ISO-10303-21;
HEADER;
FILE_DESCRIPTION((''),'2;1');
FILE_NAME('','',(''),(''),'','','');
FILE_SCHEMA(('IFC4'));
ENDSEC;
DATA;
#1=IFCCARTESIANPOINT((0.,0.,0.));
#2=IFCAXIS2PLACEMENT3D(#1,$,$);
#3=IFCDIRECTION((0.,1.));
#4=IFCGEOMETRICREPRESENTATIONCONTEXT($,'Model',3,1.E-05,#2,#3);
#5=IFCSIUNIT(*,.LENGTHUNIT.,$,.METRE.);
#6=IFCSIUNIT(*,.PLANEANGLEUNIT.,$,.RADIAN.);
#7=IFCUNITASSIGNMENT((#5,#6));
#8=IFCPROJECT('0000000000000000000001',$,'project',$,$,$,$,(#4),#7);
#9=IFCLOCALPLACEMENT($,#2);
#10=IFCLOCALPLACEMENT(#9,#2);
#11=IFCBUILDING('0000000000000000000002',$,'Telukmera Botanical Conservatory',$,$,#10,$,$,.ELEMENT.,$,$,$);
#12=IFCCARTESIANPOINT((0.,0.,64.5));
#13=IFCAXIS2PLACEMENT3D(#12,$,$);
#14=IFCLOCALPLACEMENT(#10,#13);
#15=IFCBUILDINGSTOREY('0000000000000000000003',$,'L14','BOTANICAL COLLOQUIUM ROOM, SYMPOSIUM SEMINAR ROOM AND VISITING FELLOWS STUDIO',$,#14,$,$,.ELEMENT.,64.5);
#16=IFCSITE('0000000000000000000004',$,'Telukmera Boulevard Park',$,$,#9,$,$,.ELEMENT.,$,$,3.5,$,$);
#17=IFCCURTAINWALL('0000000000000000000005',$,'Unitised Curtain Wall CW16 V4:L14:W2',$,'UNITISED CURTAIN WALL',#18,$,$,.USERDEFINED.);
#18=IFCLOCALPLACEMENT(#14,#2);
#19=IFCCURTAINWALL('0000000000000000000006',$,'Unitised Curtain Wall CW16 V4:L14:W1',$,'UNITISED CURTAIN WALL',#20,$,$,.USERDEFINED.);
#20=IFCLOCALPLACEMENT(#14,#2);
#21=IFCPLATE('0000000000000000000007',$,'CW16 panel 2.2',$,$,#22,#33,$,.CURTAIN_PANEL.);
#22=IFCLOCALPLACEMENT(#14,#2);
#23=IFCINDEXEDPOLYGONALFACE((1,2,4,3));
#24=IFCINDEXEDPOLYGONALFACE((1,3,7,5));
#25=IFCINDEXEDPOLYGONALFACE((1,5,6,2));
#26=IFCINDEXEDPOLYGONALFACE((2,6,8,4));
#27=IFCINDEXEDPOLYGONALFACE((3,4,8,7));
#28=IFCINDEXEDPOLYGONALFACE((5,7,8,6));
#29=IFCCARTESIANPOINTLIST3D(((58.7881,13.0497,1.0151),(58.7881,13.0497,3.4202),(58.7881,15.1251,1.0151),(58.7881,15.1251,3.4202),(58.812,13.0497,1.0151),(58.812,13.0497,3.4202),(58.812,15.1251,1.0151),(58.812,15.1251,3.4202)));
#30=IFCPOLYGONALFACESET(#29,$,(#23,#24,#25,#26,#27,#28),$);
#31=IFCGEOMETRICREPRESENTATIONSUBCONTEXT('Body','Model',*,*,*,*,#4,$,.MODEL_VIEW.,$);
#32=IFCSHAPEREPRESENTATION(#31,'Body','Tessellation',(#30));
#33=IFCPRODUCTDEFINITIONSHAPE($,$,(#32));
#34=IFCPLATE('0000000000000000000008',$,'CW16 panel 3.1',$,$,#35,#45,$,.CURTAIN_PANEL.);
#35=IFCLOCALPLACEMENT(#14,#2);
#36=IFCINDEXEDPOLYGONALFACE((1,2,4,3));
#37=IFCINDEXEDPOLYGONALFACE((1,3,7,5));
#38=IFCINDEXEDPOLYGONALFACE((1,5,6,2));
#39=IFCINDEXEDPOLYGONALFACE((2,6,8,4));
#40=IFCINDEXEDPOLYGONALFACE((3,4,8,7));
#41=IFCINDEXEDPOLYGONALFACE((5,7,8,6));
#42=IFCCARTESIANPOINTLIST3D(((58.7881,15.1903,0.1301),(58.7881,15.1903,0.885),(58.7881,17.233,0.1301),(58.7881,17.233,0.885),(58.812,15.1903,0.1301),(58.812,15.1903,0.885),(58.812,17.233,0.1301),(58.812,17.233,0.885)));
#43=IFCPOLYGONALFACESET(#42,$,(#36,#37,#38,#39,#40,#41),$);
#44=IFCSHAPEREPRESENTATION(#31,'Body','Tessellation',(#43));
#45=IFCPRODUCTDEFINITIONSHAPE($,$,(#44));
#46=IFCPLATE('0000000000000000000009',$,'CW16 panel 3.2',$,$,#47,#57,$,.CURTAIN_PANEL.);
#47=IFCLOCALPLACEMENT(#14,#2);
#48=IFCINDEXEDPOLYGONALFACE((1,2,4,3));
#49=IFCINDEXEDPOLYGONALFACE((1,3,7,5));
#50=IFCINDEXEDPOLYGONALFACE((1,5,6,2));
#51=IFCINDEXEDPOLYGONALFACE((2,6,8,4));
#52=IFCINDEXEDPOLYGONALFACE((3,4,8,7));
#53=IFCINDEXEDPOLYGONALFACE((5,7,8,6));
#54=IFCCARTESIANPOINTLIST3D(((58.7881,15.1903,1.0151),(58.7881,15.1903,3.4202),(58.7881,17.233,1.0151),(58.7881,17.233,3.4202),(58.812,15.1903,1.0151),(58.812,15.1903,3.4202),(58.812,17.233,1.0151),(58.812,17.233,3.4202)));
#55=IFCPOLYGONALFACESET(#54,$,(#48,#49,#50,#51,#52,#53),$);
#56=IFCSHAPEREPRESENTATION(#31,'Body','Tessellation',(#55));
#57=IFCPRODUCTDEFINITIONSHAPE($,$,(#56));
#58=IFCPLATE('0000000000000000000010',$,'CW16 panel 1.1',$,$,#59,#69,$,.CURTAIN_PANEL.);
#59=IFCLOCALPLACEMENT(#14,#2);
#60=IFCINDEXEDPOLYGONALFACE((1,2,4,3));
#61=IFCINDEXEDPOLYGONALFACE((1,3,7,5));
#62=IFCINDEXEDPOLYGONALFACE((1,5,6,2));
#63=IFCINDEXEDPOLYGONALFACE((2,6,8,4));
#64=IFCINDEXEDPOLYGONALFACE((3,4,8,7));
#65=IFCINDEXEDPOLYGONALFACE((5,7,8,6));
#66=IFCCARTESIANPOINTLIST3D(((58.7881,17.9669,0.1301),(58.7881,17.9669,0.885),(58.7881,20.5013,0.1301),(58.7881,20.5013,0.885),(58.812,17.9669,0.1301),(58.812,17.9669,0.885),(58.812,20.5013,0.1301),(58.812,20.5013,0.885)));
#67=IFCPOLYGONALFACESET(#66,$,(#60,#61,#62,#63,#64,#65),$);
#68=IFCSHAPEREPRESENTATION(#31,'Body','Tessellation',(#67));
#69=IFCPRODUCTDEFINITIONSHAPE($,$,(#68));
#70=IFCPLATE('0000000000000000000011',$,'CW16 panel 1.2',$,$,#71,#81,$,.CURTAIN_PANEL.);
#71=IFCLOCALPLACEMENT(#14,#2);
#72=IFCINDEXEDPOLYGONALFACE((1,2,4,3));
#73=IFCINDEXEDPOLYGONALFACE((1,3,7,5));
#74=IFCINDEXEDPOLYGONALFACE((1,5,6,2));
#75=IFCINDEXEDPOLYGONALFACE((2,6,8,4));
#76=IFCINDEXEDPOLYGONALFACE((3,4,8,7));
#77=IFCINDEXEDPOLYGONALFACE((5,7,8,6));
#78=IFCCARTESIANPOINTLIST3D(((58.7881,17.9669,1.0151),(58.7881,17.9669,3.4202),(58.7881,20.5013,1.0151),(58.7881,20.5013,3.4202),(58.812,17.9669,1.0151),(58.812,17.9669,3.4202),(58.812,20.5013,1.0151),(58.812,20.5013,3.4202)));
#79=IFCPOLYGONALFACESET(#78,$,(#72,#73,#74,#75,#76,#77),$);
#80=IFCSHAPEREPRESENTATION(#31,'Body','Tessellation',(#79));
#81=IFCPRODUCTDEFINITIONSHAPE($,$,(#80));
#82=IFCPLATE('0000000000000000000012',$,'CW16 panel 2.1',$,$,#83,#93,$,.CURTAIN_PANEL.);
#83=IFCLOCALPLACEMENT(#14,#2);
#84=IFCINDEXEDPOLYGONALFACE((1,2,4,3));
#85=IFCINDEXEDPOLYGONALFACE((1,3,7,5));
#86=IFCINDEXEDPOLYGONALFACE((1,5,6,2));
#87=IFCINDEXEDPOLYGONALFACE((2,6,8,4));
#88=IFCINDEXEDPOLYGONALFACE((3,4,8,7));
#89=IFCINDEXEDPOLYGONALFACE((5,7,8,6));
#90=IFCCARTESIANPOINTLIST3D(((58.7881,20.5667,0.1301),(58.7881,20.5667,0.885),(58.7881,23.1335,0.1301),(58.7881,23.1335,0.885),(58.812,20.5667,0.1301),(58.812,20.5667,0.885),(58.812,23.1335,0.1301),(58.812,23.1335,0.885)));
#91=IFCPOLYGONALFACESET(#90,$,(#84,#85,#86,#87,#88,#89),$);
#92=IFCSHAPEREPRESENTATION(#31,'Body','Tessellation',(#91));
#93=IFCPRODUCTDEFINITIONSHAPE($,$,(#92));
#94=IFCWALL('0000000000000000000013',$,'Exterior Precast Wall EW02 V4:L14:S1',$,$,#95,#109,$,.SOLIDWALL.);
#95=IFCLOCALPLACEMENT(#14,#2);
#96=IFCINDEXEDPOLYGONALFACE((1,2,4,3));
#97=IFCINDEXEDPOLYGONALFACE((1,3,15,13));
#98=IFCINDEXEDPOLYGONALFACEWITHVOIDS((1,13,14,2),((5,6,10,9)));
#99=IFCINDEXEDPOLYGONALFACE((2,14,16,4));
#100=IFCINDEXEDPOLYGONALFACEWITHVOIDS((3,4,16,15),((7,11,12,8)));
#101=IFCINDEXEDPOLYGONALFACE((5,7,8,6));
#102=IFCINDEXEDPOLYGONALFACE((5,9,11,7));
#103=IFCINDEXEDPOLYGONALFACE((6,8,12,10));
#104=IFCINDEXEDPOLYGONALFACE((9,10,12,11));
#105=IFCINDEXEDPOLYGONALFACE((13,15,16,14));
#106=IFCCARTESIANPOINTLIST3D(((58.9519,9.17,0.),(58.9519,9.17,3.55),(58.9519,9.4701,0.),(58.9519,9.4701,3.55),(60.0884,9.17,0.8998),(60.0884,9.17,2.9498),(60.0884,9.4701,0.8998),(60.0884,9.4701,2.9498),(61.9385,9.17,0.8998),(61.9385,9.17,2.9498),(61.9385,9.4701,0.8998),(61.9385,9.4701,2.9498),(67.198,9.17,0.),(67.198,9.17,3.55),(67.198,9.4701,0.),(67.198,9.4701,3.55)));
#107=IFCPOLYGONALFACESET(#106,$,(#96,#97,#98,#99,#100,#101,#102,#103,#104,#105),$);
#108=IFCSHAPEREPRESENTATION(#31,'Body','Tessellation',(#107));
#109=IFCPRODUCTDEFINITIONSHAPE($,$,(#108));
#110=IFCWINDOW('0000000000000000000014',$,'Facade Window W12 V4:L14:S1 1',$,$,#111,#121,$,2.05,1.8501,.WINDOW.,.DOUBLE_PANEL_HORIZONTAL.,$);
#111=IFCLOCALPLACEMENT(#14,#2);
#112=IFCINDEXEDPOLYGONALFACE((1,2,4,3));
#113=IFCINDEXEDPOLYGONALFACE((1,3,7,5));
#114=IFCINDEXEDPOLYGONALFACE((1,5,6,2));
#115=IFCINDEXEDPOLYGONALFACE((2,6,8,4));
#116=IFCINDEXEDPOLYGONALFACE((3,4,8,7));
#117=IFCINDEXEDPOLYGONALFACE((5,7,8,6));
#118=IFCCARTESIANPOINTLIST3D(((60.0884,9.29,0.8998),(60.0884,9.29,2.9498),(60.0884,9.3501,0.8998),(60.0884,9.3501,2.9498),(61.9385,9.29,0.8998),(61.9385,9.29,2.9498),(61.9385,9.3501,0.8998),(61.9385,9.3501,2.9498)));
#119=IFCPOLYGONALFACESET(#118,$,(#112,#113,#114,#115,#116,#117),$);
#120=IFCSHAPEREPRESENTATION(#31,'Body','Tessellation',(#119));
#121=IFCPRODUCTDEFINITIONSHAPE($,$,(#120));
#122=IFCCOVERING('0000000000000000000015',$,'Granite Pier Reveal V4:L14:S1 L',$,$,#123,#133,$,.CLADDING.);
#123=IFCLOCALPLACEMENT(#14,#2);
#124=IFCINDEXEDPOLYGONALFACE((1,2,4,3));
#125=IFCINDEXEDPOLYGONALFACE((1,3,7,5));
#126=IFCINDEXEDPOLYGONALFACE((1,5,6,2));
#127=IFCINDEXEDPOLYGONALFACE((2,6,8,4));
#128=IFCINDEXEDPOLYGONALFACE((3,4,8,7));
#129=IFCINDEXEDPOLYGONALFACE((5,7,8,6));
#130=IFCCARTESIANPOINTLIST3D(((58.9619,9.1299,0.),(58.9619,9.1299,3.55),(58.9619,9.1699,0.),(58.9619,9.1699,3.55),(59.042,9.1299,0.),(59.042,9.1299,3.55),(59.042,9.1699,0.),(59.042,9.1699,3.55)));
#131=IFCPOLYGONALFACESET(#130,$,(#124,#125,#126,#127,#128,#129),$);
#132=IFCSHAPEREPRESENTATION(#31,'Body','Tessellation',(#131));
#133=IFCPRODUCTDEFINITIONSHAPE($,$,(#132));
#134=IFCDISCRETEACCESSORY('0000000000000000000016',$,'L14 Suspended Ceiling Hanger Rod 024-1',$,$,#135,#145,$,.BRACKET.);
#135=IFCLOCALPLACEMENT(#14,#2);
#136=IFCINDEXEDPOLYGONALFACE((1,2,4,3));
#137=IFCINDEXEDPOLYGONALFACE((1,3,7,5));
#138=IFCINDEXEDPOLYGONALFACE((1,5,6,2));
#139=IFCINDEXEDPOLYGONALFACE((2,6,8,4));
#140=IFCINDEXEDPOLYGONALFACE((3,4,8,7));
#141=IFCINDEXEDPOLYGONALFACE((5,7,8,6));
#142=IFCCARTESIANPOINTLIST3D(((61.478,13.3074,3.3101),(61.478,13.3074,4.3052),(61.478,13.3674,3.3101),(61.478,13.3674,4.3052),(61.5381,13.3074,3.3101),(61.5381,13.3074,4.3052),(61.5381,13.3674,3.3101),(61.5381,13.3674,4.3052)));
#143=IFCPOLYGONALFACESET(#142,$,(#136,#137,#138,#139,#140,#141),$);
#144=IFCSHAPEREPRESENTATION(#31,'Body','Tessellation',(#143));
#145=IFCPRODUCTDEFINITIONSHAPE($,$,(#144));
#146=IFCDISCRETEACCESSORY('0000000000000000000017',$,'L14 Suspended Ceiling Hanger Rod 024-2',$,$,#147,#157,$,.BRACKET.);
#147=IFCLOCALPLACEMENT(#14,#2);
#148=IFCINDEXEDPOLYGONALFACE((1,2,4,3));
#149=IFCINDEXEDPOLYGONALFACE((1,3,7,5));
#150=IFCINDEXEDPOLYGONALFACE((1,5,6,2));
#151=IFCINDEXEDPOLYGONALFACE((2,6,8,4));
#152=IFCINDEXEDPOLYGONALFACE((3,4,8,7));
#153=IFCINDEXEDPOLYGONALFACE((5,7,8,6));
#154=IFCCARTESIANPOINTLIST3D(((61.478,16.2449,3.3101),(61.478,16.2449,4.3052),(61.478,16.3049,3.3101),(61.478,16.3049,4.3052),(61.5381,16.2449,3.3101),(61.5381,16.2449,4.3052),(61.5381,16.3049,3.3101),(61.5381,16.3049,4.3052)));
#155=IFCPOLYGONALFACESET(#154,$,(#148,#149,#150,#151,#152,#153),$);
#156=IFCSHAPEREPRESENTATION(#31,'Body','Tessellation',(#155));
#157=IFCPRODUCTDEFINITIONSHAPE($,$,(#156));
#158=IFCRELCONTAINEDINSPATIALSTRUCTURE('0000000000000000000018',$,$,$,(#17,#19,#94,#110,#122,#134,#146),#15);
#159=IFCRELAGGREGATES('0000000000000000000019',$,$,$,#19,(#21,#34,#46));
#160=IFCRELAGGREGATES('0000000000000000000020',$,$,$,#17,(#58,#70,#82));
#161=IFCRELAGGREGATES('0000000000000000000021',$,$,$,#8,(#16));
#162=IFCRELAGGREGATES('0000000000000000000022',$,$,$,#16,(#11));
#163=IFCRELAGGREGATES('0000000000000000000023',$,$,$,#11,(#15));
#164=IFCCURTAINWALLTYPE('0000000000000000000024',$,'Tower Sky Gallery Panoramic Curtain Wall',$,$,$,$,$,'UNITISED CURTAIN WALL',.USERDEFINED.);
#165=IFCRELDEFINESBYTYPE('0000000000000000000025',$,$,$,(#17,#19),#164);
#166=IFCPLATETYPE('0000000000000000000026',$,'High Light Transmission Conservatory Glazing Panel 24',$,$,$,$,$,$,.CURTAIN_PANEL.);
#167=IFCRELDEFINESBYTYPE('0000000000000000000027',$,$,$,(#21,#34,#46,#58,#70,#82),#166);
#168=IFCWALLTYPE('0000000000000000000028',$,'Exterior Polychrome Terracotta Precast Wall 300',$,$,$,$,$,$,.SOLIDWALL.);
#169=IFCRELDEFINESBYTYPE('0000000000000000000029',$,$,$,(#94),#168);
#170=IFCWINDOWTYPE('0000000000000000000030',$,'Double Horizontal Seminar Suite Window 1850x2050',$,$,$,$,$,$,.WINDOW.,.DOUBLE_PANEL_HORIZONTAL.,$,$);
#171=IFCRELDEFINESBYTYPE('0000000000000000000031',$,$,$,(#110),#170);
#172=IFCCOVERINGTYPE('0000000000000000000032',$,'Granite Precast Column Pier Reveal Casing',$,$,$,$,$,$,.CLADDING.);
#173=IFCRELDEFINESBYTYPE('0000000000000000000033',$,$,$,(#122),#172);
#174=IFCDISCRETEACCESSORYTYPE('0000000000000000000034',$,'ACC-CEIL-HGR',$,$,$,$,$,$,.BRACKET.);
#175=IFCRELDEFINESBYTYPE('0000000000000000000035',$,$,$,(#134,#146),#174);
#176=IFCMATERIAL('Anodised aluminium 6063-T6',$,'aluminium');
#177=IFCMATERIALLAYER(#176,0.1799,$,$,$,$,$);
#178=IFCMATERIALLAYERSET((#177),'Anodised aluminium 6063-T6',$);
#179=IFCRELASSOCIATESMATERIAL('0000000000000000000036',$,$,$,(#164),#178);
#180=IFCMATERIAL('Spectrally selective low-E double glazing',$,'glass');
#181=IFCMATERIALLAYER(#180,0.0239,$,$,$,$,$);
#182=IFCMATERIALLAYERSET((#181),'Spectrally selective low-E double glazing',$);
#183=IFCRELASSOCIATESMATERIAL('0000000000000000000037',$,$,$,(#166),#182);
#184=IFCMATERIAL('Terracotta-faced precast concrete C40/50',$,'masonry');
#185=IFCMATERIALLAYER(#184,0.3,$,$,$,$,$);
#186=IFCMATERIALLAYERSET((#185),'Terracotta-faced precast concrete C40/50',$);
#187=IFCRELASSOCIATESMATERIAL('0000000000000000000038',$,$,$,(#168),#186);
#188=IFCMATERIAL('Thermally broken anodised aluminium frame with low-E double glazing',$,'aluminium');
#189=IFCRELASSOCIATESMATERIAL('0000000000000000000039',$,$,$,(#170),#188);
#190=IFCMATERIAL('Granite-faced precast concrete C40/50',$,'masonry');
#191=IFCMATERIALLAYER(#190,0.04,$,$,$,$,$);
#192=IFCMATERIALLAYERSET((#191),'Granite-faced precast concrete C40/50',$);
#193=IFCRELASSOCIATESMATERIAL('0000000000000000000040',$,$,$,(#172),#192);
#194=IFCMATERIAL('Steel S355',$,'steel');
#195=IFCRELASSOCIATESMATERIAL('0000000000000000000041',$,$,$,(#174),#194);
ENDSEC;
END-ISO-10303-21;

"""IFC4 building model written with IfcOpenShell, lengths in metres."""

from ifc_helpers import new_model, si_unit, direction, frame, frame_2d, origin, origin_2d, place, context, subcontext, project, spatial, rectangle, extrude, material, layer, layer_set, type_object, element, fill, aggregate, save


model = new_model("IFC4")

# Units and contexts
model_context = context("Model", 3, precision=1e-05, world=origin(), true_north=direction((0.0, 1.0)))
body_context = subcontext(model_context, "Body", "Model", "MODEL_VIEW")
ifc_project = project(units=[si_unit("LENGTHUNIT", "METRE"), si_unit("PLANEANGLEUNIT", "RADIAN")], contexts=[model_context])

# Site, building, storey
site_placement = place(None, origin())
site = spatial("IfcSite", under=ifc_project, at=site_placement, Name="Telukmera Boulevard Park", CompositionType="ELEMENT", RefElevation=3.5)
building_placement = place(site_placement, origin())
building = spatial("IfcBuilding", under=site, at=building_placement, Name="Telukmera Botanical Conservatory", CompositionType="ELEMENT")
storey_placement = place(building_placement, frame((0.0, 0.0, 64.5)))
storey = spatial("IfcBuildingStorey", under=building, at=storey_placement, Name="L14", Description="BOTANICAL COLLOQUIUM ROOM, SYMPOSIUM SEMINAR ROOM AND VISITING FELLOWS STUDIO", CompositionType="ELEMENT", Elevation=64.5)

# Curtain walls
ifc_material_1 = material(Name="Anodised aluminium 6063-T6", Category="aluminium")
ifc_layer_1 = layer(ifc_material_1, 0.1799)
ifc_layer_set_1 = layer_set([ifc_layer_1], Name="Anodised aluminium 6063-T6")
curtain_wall_type = type_object("IfcCurtainWallType", Name="Tower Sky Gallery Panoramic Curtain Wall", ElementType="UNITISED CURTAIN WALL", PredefinedType="USERDEFINED", material=ifc_layer_set_1)
curtain_wall_1_placement = place(storey_placement, origin())
curtain_wall_1 = element("IfcCurtainWall", 1, at=curtain_wall_1_placement, inside=storey, type_object=curtain_wall_type, Name="Unitised Curtain Wall CW16 V4:L14:W2", ObjectType="UNITISED CURTAIN WALL", PredefinedType="USERDEFINED")
curtain_wall_2_placement = place(storey_placement, origin())
curtain_wall_2 = element("IfcCurtainWall", 2, at=curtain_wall_2_placement, inside=storey, type_object=curtain_wall_type, Name="Unitised Curtain Wall CW16 V4:L14:W1", ObjectType="UNITISED CURTAIN WALL", PredefinedType="USERDEFINED")

# Plates
ifc_material_2 = material(Name="Spectrally selective low-E double glazing", Category="glass")
ifc_layer_2 = layer(ifc_material_2, 0.0239)
ifc_layer_set_2 = layer_set([ifc_layer_2], Name="Spectrally selective low-E double glazing")
plate_type = type_object("IfcPlateType", Name="High Light Transmission Conservatory Glazing Panel 24", PredefinedType="CURTAIN_PANEL", material=ifc_layer_set_2)
plate_1_placement = place(storey_placement, frame((58.8, 14.0874, 1.0151), z_axis=(0.0, 0.0, 1.0), x_axis=(0.0, 1.0, 0.0)))
plate_1 = element("IfcPlate", 3, at=plate_1_placement, type_object=plate_type, Name="CW16 panel 2.2", PredefinedType="CURTAIN_PANEL", context=body_context, shape_type="SweptSolid", body=[
    extrude(rectangle(XDim=2.0754, YDim=0.0239, at=origin_2d()), origin(), (0.0, 0.0, 1.0), 2.405),
])
plate_2_placement = place(storey_placement, frame((58.8, 16.2117, 0.1301), z_axis=(0.0, 0.0, 1.0), x_axis=(0.0, 1.0, 0.0)))
plate_2 = element("IfcPlate", 4, at=plate_2_placement, type_object=plate_type, Name="CW16 panel 3.1", PredefinedType="CURTAIN_PANEL", context=body_context, shape_type="SweptSolid", body=[
    extrude(rectangle(XDim=2.0427, YDim=0.0239, at=origin_2d()), origin(), (0.0, 0.0, 1.0), 0.7549),
])
plate_3_placement = place(storey_placement, frame((58.8, 16.2117, 1.0151), z_axis=(0.0, 0.0, 1.0), x_axis=(0.0, 1.0, 0.0)))
plate_3 = element("IfcPlate", 5, at=plate_3_placement, type_object=plate_type, Name="CW16 panel 3.2", PredefinedType="CURTAIN_PANEL", context=body_context, shape_type="SweptSolid", body=[
    extrude(rectangle(XDim=2.0427, YDim=0.0239, at=origin_2d()), origin(), (0.0, 0.0, 1.0), 2.405),
])
aggregate(curtain_wall_2, [plate_1, plate_2, plate_3])
plate_4_placement = place(storey_placement, frame((58.8, 19.2341, 0.1301), z_axis=(0.0, 0.0, 1.0), x_axis=(0.0, 1.0, 0.0)))
plate_4 = element("IfcPlate", 6, at=plate_4_placement, type_object=plate_type, Name="CW16 panel 1.1", PredefinedType="CURTAIN_PANEL", context=body_context, shape_type="SweptSolid", body=[
    extrude(rectangle(XDim=2.5344, YDim=0.0239, at=origin_2d()), origin(), (0.0, 0.0, 1.0), 0.7549),
])
plate_5_placement = place(storey_placement, frame((58.8, 19.2341, 1.0151), z_axis=(0.0, 0.0, 1.0), x_axis=(0.0, 1.0, 0.0)))
plate_5 = element("IfcPlate", 7, at=plate_5_placement, type_object=plate_type, Name="CW16 panel 1.2", PredefinedType="CURTAIN_PANEL", context=body_context, shape_type="SweptSolid", body=[
    extrude(rectangle(XDim=2.5344, YDim=0.0239, at=origin_2d()), origin(), (0.0, 0.0, 1.0), 2.405),
])
plate_6_placement = place(storey_placement, frame((58.8, 21.8501, 0.1301), z_axis=(0.0, 0.0, 1.0), x_axis=(0.0, 1.0, 0.0)))
plate_6 = element("IfcPlate", 8, at=plate_6_placement, type_object=plate_type, Name="CW16 panel 2.1", PredefinedType="CURTAIN_PANEL", context=body_context, shape_type="SweptSolid", body=[
    extrude(rectangle(XDim=2.5669, YDim=0.0239, at=origin_2d()), origin(), (0.0, 0.0, 1.0), 0.7549),
])
aggregate(curtain_wall_1, [plate_4, plate_5, plate_6])

# Wall, opening, window
ifc_material_3 = material(Name="Terracotta-faced precast concrete C40/50", Category="masonry")
ifc_layer_3 = layer(ifc_material_3, 0.3)
ifc_layer_set_3 = layer_set([ifc_layer_3], Name="Terracotta-faced precast concrete C40/50")
wall_type = type_object("IfcWallType", Name="Exterior Polychrome Terracotta Precast Wall 300", PredefinedType="SOLIDWALL", material=ifc_layer_set_3)
wall_placement = place(storey_placement, frame((58.9519, 9.3201, 0.0), z_axis=(0.0, 0.0, 1.0), x_axis=(1.0, 0.0, 0.0)))
wall = element("IfcWall", 9, at=wall_placement, inside=storey, type_object=wall_type, Name="Exterior Precast Wall EW02 V4:L14:S1", PredefinedType="SOLIDWALL", context=body_context, shape_type="SweptSolid", body=[
    extrude(rectangle(XDim=8.2461, YDim=0.3, at=frame_2d((4.123, 0.0))), origin(), (0.0, 0.0, 1.0), 3.55),
])
opening_placement = place(wall_placement, frame((1.1365, 0.0, 0.8999)))
opening = element("IfcOpeningElement", 10, at=opening_placement, cuts=wall, PredefinedType="OPENING", context=body_context, shape_type="SweptSolid", body=[
    extrude(rectangle(XDim=1.8501, YDim=2.05, at=frame_2d((0.925, 1.0249))), frame((0.0, 0.1599, 0.0), z_axis=(0.0, -1.0, 0.0), x_axis=(1.0, 0.0, 0.0)), (0.0, 0.0, 1.0), 0.3201),
])
ifc_material_4 = material(Name="Thermally broken anodised aluminium frame with low-E double glazing", Category="aluminium")
window_type = type_object("IfcWindowType", Name="Double Horizontal Seminar Suite Window 1850x2050", PartitioningType="DOUBLE_PANEL_HORIZONTAL", PredefinedType="WINDOW", material=ifc_material_4)
window_placement = place(opening_placement, origin())
window = element("IfcWindow", 11, at=window_placement, inside=storey, type_object=window_type, Name="Facade Window W12 V4:L14:S1 1", OverallHeight=2.05, OverallWidth=1.8501, PartitioningType="DOUBLE_PANEL_HORIZONTAL", PredefinedType="WINDOW", context=body_context, shape_type="SweptSolid", body=[
    extrude(rectangle(XDim=1.8501, YDim=2.05, at=frame_2d((0.925, 1.0249))), frame((0.0, 0.03, 0.0), z_axis=(0.0, -1.0, 0.0), x_axis=(1.0, 0.0, 0.0)), (0.0, 0.0, 1.0), 0.0601),
])
fill(opening, window)

# Covering
ifc_material_5 = material(Name="Granite-faced precast concrete C40/50", Category="masonry")
ifc_layer_4 = layer(ifc_material_5, 0.04)
ifc_layer_set_4 = layer_set([ifc_layer_4], Name="Granite-faced precast concrete C40/50")
covering_type = type_object("IfcCoveringType", Name="Granite Precast Column Pier Reveal Casing", PredefinedType="CLADDING", material=ifc_layer_set_4)
covering_placement = place(storey_placement, frame((59.002, 9.1499, 0.0), z_axis=(0.0, 0.0, 1.0), x_axis=(1.0, 0.0, 0.0)))
element("IfcCovering", 12, at=covering_placement, inside=storey, type_object=covering_type, Name="Granite Pier Reveal V4:L14:S1 L", PredefinedType="CLADDING", context=body_context, shape_type="SweptSolid", body=[
    extrude(rectangle(XDim=0.0801, YDim=0.04, at=origin_2d()), origin(), (0.0, 0.0, 1.0), 3.55),
])

# Discrete accessories
ifc_material_6 = material(Name="Steel S355", Category="steel")
discrete_accessory_type = type_object("IfcDiscreteAccessoryType", Name="ACC-CEIL-HGR", PredefinedType="BRACKET", material=ifc_material_6)
for number, where, z_axis, x_axis, name in (
    (13, (61.5081, 13.3374, 3.3101), (0.0, 0.0, 1.0), (1.0, 0.0, 0.0), "L14 Suspended Ceiling Hanger Rod 024-1"),
    (14, (61.5081, 16.2749, 3.3101), (0.0, 0.0, 1.0), (1.0, 0.0, 0.0), "L14 Suspended Ceiling Hanger Rod 024-2"),
):
    element("IfcDiscreteAccessory", number, at=place(storey_placement, frame(where, z_axis=z_axis, x_axis=x_axis)), inside=storey, type_object=discrete_accessory_type, Name=name, PredefinedType="BRACKET", context=body_context, shape_type="SweptSolid", body=[
        extrude(rectangle(XDim=0.0601, YDim=0.0601, at=origin_2d()), origin(), (0.0, 0.0, 1.0), 0.9951),
    ])

save(model, "model.ifc")
